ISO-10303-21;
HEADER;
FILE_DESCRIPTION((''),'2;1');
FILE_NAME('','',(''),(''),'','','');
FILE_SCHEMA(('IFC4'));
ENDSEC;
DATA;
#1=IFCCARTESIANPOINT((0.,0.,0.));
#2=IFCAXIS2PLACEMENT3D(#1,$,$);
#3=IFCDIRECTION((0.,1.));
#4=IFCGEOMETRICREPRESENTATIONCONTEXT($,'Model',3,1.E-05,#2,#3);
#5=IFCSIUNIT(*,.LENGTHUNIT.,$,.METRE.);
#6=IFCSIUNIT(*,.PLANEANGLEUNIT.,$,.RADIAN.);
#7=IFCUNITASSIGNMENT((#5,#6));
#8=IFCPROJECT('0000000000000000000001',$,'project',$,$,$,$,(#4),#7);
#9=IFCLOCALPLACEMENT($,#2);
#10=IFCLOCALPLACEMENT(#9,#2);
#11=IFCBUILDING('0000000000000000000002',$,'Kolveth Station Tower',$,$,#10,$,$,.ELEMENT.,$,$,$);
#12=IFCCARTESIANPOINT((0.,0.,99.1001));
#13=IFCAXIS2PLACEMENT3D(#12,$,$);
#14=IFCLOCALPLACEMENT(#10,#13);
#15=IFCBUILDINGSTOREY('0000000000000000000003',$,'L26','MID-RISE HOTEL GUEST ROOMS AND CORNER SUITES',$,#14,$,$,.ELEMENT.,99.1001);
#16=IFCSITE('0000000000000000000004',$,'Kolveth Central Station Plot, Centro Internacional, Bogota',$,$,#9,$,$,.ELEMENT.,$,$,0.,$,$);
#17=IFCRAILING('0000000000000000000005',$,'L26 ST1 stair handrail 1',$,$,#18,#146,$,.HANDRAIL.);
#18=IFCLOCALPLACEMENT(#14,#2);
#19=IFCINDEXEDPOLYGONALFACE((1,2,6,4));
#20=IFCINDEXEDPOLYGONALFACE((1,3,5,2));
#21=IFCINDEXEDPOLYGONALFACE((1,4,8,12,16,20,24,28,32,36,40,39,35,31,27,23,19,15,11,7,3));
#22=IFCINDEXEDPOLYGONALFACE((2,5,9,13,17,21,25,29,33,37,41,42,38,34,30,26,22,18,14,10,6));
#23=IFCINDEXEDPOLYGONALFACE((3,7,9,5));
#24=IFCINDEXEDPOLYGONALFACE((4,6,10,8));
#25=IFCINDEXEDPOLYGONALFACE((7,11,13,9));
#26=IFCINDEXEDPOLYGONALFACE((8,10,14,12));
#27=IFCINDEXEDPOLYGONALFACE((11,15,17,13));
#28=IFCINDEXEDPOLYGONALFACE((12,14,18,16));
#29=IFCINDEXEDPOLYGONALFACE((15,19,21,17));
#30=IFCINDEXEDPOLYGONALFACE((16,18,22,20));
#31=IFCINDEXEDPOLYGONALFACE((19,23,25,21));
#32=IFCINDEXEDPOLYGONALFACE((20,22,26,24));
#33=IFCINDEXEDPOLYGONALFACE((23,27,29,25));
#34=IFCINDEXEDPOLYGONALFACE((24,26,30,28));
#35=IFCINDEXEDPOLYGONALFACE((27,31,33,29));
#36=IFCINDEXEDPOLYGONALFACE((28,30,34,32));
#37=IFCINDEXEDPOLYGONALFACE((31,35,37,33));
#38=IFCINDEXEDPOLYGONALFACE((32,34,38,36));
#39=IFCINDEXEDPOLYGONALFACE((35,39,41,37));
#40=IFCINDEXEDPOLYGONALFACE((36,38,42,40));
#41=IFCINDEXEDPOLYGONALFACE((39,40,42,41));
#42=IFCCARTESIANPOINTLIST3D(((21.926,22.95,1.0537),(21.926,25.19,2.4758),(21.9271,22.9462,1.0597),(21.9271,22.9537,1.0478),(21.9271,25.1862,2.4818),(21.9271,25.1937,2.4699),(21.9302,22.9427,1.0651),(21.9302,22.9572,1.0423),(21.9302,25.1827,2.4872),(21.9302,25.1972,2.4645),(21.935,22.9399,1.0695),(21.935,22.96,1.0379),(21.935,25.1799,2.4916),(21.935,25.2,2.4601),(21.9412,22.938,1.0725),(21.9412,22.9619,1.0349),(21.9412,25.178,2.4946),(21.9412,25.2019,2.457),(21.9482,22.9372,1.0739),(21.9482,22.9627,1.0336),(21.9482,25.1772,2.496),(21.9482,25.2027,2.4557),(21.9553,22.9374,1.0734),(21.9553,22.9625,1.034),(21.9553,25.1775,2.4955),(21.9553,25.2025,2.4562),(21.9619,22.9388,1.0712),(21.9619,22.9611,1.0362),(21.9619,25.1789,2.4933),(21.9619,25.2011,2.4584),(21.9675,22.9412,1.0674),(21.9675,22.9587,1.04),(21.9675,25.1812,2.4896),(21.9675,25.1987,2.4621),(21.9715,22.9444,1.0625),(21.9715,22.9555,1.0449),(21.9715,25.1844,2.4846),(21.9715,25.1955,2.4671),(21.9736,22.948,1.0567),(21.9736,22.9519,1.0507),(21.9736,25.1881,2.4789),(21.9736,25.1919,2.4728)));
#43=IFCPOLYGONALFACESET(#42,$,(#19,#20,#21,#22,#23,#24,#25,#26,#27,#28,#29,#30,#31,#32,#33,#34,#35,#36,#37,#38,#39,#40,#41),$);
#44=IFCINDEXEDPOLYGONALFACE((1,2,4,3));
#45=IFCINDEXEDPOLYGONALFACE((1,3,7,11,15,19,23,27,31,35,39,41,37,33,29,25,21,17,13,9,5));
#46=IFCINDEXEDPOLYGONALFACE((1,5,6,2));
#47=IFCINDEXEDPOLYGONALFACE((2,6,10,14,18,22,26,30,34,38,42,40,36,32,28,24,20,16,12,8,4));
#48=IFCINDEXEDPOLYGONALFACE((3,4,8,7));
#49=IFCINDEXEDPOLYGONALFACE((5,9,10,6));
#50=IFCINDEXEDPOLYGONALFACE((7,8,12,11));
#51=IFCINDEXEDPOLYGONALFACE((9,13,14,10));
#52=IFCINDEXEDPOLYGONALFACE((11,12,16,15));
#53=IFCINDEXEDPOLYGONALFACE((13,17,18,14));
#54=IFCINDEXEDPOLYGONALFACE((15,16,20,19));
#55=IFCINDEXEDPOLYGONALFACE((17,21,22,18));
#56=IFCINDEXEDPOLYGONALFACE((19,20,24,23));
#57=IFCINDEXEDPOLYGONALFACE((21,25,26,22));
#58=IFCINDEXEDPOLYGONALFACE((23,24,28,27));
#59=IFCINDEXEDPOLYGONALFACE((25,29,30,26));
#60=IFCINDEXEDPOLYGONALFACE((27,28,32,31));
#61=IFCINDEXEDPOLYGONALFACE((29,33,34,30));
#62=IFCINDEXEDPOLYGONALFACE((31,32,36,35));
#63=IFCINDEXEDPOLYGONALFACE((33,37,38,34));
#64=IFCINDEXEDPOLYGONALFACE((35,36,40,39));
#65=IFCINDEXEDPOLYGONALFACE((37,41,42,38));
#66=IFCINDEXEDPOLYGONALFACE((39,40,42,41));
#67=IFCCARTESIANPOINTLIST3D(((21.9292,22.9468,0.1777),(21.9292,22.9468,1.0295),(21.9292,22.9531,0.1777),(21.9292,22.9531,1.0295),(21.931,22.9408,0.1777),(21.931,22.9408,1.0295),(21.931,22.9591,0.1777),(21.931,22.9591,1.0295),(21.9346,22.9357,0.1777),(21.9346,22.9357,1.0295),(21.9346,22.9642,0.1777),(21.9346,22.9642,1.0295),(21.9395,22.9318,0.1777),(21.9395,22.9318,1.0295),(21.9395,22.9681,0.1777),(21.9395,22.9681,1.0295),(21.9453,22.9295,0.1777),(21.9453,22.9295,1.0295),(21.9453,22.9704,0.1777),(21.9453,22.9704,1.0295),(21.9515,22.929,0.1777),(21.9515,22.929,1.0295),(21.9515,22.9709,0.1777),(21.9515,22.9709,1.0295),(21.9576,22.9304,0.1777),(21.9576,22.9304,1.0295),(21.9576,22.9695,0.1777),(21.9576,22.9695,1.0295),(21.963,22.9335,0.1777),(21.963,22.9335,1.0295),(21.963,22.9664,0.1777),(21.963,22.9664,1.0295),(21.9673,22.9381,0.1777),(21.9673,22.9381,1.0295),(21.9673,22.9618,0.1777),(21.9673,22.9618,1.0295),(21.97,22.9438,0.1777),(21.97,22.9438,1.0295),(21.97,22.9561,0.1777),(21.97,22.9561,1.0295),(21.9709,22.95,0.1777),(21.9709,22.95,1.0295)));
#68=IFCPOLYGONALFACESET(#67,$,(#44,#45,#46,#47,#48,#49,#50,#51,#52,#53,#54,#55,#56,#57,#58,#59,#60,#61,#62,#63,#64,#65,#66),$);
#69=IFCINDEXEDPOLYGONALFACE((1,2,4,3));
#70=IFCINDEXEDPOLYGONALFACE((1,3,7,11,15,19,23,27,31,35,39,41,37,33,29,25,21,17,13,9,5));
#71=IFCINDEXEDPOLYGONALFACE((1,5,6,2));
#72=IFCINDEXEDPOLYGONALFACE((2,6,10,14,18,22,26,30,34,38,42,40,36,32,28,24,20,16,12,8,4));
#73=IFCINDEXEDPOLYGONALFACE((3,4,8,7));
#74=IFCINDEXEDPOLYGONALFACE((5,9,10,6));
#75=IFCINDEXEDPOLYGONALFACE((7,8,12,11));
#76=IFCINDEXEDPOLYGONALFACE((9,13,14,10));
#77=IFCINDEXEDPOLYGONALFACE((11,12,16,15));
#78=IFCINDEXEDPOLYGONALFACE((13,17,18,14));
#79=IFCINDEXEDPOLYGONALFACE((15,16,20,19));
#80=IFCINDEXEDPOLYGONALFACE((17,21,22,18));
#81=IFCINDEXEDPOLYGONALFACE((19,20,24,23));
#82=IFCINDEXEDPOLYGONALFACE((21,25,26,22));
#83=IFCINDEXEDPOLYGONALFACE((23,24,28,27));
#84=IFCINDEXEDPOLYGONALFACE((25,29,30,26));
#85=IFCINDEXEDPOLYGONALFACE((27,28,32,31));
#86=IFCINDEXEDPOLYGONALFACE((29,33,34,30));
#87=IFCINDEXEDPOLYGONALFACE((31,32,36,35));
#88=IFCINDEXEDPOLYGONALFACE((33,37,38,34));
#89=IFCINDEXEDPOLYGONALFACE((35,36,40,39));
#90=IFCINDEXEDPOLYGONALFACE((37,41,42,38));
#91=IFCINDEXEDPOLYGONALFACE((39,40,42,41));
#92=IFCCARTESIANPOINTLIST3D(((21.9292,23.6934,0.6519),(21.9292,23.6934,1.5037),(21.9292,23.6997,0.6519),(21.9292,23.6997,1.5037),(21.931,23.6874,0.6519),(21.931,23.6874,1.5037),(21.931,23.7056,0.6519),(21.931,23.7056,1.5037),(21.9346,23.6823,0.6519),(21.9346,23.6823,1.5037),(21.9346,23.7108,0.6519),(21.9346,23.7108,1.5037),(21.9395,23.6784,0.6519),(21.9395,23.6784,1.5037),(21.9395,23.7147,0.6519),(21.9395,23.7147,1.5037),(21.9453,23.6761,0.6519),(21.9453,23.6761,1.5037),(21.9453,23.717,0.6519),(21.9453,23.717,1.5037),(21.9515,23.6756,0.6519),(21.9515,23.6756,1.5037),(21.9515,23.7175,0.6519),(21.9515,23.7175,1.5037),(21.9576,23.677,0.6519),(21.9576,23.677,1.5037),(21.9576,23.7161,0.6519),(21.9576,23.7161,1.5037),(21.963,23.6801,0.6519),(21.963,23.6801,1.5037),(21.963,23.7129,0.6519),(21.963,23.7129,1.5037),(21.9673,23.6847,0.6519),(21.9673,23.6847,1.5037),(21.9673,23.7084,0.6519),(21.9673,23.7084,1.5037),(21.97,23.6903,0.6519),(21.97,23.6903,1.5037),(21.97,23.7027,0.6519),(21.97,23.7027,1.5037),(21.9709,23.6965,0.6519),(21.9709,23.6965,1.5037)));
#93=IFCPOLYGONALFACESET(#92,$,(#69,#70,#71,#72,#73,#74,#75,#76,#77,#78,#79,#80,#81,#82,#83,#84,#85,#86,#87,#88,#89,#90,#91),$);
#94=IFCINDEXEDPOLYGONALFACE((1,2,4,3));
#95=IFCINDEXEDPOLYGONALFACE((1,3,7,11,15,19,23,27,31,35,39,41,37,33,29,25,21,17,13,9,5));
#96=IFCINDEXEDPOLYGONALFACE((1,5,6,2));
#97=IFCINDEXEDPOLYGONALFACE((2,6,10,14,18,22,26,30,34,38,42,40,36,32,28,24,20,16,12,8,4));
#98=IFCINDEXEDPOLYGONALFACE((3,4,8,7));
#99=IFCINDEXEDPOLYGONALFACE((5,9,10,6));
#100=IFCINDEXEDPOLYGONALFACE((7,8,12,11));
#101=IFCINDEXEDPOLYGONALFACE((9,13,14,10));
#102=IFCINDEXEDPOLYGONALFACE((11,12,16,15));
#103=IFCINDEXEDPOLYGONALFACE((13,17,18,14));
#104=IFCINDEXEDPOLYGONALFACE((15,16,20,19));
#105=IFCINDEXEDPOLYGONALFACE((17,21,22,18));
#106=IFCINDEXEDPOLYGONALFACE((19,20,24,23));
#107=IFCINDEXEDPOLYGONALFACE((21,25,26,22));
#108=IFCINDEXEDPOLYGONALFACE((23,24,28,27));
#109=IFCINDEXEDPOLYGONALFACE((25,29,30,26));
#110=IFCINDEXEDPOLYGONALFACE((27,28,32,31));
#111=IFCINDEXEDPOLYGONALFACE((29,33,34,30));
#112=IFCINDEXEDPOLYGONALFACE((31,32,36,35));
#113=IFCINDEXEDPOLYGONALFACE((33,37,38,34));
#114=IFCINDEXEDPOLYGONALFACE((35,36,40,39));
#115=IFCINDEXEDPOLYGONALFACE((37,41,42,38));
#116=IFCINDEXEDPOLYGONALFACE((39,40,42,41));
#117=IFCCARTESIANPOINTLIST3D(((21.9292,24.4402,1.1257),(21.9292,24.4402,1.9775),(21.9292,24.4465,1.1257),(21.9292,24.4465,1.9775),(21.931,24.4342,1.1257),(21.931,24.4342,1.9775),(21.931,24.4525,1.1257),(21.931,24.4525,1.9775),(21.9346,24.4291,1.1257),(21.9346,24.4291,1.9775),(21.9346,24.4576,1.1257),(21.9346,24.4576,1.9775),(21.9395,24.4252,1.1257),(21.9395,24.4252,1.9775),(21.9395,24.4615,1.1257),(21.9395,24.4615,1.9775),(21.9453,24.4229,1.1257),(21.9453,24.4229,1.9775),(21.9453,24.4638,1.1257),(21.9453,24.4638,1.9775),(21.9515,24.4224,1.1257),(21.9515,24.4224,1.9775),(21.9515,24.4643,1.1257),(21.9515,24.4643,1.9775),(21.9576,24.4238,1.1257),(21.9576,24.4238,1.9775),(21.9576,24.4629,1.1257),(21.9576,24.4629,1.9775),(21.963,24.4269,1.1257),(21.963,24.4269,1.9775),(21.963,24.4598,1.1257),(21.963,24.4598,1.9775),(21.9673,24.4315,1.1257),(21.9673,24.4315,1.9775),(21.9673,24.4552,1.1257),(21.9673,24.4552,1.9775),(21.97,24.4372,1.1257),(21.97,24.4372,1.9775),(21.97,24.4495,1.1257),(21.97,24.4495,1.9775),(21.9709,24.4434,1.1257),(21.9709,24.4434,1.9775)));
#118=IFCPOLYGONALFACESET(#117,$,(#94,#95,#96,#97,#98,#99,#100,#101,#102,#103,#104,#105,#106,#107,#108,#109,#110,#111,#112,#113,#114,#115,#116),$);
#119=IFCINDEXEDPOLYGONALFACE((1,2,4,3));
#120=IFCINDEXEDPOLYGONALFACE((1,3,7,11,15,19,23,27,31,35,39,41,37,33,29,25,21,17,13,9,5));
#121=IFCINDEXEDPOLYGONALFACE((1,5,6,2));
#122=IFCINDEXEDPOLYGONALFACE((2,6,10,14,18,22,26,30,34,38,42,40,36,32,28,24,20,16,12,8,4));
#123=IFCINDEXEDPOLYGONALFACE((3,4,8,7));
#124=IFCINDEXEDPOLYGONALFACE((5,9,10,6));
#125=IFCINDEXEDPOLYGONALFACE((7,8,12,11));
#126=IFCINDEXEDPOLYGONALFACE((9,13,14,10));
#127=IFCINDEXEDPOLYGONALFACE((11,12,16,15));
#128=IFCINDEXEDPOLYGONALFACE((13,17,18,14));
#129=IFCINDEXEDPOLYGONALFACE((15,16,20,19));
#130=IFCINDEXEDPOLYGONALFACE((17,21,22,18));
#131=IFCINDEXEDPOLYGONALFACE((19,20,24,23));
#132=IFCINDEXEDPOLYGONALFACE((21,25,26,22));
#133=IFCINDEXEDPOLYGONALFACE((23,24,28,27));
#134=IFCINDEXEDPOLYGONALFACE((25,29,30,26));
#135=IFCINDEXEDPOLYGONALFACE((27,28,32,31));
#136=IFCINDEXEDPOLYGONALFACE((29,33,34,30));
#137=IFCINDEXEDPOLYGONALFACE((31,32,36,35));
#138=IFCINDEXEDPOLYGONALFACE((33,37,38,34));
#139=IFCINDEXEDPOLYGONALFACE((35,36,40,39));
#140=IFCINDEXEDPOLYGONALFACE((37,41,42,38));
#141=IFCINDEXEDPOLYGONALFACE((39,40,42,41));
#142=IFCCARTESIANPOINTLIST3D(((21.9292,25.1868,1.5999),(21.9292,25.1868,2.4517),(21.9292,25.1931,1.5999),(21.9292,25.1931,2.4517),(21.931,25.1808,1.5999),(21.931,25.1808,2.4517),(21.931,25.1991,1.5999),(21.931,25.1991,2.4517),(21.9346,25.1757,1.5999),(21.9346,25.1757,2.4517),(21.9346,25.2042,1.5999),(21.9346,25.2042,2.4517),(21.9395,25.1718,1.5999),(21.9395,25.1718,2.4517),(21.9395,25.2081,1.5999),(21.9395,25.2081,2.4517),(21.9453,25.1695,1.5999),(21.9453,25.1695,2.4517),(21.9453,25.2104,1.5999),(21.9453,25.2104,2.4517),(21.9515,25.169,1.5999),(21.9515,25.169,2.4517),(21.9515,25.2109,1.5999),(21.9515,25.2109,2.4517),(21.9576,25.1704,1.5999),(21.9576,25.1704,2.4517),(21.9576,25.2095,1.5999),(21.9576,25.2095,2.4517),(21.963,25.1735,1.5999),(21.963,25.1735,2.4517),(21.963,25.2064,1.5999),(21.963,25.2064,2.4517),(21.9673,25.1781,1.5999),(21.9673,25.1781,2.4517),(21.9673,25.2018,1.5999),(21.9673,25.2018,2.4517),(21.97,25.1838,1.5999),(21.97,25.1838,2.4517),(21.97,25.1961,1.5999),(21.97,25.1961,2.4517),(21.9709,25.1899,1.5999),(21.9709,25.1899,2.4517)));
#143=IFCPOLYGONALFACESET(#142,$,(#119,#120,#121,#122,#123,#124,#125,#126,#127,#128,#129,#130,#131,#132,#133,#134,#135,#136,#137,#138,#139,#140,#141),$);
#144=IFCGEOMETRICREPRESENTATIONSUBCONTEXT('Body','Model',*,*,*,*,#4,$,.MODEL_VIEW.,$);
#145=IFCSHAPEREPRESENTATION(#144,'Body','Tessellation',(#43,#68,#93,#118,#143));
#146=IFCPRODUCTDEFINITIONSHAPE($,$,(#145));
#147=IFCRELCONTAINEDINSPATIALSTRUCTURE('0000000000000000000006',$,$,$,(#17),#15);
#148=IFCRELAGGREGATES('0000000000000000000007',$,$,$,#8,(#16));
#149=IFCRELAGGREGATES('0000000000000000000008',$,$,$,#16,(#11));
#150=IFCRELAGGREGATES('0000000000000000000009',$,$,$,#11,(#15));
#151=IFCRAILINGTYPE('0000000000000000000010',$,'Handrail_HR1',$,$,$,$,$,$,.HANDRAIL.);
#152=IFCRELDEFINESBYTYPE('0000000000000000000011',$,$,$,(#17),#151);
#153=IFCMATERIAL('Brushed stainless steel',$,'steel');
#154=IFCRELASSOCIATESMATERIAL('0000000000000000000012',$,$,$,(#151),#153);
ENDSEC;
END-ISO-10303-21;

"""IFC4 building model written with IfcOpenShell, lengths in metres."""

from ifc_helpers import new_model, si_unit, direction, frame, origin, origin_2d, place, context, subcontext, project, spatial, circle, extrude, material, type_object, element, save


model = new_model("IFC4")

# Units and contexts
model_context = context("Model", 3, precision=1e-05, world=origin(), true_north=direction((0.0, 1.0)))
body_context = subcontext(model_context, "Body", "Model", "MODEL_VIEW")
ifc_project = project(units=[si_unit("LENGTHUNIT", "METRE"), si_unit("PLANEANGLEUNIT", "RADIAN")], contexts=[model_context])

# Site, building, storey
site_placement = place(None, origin())
site = spatial("IfcSite", under=ifc_project, at=site_placement, Name="Kolveth Central Station Plot, Centro Internacional, Bogota", CompositionType="ELEMENT", RefElevation=0.0)
building_placement = place(site_placement, origin())
building = spatial("IfcBuilding", under=site, at=building_placement, Name="Kolveth Station Tower", CompositionType="ELEMENT")
storey_placement = place(building_placement, frame((0.0, 0.0, 99.1001)))
storey = spatial("IfcBuildingStorey", under=building, at=storey_placement, Name="L26", Description="MID-RISE HOTEL GUEST ROOMS AND CORNER SUITES", CompositionType="ELEMENT", Elevation=99.1001)

# Railing
ifc_material_1 = material(Name="Brushed stainless steel", Category="steel")
railing_type_1 = type_object("IfcRailingType", Name="Handrail_HR1", PredefinedType="HANDRAIL", material=ifc_material_1)
railing_1_placement = place(storey_placement, frame((21.95, 22.95, 0.1777)))
element("IfcRailing", 1, at=railing_1_placement, inside=storey, type_object=railing_type_1, Name="L26 ST1 stair handrail 1", PredefinedType="HANDRAIL", context=body_context, shape_type="SweptSolid", body=[
    extrude(circle(Radius=0.0239, at=origin_2d()), frame((0.0, 0.0, 0.876), z_axis=(0.0, 0.844229, 0.535982), x_axis=(-1.0, 0.0, 0.0)), (0.0, 0.0, 1.0), 2.6533),
    extrude(circle(Radius=0.021, at=origin_2d()), origin(), (0.0, 0.0, 1.0), 0.8518),
    extrude(circle(Radius=0.021, at=origin_2d()), frame((0.0, 0.7466, 0.4741)), (0.0, 0.0, 1.0), 0.8518),
    extrude(circle(Radius=0.021, at=origin_2d()), frame((0.0, 1.4934, 0.948)), (0.0, 0.0, 1.0), 0.8518),
    extrude(circle(Radius=0.021, at=origin_2d()), frame((0.0, 2.24, 1.4221)), (0.0, 0.0, 1.0), 0.8518),
])

save(model, "model.ifc")
